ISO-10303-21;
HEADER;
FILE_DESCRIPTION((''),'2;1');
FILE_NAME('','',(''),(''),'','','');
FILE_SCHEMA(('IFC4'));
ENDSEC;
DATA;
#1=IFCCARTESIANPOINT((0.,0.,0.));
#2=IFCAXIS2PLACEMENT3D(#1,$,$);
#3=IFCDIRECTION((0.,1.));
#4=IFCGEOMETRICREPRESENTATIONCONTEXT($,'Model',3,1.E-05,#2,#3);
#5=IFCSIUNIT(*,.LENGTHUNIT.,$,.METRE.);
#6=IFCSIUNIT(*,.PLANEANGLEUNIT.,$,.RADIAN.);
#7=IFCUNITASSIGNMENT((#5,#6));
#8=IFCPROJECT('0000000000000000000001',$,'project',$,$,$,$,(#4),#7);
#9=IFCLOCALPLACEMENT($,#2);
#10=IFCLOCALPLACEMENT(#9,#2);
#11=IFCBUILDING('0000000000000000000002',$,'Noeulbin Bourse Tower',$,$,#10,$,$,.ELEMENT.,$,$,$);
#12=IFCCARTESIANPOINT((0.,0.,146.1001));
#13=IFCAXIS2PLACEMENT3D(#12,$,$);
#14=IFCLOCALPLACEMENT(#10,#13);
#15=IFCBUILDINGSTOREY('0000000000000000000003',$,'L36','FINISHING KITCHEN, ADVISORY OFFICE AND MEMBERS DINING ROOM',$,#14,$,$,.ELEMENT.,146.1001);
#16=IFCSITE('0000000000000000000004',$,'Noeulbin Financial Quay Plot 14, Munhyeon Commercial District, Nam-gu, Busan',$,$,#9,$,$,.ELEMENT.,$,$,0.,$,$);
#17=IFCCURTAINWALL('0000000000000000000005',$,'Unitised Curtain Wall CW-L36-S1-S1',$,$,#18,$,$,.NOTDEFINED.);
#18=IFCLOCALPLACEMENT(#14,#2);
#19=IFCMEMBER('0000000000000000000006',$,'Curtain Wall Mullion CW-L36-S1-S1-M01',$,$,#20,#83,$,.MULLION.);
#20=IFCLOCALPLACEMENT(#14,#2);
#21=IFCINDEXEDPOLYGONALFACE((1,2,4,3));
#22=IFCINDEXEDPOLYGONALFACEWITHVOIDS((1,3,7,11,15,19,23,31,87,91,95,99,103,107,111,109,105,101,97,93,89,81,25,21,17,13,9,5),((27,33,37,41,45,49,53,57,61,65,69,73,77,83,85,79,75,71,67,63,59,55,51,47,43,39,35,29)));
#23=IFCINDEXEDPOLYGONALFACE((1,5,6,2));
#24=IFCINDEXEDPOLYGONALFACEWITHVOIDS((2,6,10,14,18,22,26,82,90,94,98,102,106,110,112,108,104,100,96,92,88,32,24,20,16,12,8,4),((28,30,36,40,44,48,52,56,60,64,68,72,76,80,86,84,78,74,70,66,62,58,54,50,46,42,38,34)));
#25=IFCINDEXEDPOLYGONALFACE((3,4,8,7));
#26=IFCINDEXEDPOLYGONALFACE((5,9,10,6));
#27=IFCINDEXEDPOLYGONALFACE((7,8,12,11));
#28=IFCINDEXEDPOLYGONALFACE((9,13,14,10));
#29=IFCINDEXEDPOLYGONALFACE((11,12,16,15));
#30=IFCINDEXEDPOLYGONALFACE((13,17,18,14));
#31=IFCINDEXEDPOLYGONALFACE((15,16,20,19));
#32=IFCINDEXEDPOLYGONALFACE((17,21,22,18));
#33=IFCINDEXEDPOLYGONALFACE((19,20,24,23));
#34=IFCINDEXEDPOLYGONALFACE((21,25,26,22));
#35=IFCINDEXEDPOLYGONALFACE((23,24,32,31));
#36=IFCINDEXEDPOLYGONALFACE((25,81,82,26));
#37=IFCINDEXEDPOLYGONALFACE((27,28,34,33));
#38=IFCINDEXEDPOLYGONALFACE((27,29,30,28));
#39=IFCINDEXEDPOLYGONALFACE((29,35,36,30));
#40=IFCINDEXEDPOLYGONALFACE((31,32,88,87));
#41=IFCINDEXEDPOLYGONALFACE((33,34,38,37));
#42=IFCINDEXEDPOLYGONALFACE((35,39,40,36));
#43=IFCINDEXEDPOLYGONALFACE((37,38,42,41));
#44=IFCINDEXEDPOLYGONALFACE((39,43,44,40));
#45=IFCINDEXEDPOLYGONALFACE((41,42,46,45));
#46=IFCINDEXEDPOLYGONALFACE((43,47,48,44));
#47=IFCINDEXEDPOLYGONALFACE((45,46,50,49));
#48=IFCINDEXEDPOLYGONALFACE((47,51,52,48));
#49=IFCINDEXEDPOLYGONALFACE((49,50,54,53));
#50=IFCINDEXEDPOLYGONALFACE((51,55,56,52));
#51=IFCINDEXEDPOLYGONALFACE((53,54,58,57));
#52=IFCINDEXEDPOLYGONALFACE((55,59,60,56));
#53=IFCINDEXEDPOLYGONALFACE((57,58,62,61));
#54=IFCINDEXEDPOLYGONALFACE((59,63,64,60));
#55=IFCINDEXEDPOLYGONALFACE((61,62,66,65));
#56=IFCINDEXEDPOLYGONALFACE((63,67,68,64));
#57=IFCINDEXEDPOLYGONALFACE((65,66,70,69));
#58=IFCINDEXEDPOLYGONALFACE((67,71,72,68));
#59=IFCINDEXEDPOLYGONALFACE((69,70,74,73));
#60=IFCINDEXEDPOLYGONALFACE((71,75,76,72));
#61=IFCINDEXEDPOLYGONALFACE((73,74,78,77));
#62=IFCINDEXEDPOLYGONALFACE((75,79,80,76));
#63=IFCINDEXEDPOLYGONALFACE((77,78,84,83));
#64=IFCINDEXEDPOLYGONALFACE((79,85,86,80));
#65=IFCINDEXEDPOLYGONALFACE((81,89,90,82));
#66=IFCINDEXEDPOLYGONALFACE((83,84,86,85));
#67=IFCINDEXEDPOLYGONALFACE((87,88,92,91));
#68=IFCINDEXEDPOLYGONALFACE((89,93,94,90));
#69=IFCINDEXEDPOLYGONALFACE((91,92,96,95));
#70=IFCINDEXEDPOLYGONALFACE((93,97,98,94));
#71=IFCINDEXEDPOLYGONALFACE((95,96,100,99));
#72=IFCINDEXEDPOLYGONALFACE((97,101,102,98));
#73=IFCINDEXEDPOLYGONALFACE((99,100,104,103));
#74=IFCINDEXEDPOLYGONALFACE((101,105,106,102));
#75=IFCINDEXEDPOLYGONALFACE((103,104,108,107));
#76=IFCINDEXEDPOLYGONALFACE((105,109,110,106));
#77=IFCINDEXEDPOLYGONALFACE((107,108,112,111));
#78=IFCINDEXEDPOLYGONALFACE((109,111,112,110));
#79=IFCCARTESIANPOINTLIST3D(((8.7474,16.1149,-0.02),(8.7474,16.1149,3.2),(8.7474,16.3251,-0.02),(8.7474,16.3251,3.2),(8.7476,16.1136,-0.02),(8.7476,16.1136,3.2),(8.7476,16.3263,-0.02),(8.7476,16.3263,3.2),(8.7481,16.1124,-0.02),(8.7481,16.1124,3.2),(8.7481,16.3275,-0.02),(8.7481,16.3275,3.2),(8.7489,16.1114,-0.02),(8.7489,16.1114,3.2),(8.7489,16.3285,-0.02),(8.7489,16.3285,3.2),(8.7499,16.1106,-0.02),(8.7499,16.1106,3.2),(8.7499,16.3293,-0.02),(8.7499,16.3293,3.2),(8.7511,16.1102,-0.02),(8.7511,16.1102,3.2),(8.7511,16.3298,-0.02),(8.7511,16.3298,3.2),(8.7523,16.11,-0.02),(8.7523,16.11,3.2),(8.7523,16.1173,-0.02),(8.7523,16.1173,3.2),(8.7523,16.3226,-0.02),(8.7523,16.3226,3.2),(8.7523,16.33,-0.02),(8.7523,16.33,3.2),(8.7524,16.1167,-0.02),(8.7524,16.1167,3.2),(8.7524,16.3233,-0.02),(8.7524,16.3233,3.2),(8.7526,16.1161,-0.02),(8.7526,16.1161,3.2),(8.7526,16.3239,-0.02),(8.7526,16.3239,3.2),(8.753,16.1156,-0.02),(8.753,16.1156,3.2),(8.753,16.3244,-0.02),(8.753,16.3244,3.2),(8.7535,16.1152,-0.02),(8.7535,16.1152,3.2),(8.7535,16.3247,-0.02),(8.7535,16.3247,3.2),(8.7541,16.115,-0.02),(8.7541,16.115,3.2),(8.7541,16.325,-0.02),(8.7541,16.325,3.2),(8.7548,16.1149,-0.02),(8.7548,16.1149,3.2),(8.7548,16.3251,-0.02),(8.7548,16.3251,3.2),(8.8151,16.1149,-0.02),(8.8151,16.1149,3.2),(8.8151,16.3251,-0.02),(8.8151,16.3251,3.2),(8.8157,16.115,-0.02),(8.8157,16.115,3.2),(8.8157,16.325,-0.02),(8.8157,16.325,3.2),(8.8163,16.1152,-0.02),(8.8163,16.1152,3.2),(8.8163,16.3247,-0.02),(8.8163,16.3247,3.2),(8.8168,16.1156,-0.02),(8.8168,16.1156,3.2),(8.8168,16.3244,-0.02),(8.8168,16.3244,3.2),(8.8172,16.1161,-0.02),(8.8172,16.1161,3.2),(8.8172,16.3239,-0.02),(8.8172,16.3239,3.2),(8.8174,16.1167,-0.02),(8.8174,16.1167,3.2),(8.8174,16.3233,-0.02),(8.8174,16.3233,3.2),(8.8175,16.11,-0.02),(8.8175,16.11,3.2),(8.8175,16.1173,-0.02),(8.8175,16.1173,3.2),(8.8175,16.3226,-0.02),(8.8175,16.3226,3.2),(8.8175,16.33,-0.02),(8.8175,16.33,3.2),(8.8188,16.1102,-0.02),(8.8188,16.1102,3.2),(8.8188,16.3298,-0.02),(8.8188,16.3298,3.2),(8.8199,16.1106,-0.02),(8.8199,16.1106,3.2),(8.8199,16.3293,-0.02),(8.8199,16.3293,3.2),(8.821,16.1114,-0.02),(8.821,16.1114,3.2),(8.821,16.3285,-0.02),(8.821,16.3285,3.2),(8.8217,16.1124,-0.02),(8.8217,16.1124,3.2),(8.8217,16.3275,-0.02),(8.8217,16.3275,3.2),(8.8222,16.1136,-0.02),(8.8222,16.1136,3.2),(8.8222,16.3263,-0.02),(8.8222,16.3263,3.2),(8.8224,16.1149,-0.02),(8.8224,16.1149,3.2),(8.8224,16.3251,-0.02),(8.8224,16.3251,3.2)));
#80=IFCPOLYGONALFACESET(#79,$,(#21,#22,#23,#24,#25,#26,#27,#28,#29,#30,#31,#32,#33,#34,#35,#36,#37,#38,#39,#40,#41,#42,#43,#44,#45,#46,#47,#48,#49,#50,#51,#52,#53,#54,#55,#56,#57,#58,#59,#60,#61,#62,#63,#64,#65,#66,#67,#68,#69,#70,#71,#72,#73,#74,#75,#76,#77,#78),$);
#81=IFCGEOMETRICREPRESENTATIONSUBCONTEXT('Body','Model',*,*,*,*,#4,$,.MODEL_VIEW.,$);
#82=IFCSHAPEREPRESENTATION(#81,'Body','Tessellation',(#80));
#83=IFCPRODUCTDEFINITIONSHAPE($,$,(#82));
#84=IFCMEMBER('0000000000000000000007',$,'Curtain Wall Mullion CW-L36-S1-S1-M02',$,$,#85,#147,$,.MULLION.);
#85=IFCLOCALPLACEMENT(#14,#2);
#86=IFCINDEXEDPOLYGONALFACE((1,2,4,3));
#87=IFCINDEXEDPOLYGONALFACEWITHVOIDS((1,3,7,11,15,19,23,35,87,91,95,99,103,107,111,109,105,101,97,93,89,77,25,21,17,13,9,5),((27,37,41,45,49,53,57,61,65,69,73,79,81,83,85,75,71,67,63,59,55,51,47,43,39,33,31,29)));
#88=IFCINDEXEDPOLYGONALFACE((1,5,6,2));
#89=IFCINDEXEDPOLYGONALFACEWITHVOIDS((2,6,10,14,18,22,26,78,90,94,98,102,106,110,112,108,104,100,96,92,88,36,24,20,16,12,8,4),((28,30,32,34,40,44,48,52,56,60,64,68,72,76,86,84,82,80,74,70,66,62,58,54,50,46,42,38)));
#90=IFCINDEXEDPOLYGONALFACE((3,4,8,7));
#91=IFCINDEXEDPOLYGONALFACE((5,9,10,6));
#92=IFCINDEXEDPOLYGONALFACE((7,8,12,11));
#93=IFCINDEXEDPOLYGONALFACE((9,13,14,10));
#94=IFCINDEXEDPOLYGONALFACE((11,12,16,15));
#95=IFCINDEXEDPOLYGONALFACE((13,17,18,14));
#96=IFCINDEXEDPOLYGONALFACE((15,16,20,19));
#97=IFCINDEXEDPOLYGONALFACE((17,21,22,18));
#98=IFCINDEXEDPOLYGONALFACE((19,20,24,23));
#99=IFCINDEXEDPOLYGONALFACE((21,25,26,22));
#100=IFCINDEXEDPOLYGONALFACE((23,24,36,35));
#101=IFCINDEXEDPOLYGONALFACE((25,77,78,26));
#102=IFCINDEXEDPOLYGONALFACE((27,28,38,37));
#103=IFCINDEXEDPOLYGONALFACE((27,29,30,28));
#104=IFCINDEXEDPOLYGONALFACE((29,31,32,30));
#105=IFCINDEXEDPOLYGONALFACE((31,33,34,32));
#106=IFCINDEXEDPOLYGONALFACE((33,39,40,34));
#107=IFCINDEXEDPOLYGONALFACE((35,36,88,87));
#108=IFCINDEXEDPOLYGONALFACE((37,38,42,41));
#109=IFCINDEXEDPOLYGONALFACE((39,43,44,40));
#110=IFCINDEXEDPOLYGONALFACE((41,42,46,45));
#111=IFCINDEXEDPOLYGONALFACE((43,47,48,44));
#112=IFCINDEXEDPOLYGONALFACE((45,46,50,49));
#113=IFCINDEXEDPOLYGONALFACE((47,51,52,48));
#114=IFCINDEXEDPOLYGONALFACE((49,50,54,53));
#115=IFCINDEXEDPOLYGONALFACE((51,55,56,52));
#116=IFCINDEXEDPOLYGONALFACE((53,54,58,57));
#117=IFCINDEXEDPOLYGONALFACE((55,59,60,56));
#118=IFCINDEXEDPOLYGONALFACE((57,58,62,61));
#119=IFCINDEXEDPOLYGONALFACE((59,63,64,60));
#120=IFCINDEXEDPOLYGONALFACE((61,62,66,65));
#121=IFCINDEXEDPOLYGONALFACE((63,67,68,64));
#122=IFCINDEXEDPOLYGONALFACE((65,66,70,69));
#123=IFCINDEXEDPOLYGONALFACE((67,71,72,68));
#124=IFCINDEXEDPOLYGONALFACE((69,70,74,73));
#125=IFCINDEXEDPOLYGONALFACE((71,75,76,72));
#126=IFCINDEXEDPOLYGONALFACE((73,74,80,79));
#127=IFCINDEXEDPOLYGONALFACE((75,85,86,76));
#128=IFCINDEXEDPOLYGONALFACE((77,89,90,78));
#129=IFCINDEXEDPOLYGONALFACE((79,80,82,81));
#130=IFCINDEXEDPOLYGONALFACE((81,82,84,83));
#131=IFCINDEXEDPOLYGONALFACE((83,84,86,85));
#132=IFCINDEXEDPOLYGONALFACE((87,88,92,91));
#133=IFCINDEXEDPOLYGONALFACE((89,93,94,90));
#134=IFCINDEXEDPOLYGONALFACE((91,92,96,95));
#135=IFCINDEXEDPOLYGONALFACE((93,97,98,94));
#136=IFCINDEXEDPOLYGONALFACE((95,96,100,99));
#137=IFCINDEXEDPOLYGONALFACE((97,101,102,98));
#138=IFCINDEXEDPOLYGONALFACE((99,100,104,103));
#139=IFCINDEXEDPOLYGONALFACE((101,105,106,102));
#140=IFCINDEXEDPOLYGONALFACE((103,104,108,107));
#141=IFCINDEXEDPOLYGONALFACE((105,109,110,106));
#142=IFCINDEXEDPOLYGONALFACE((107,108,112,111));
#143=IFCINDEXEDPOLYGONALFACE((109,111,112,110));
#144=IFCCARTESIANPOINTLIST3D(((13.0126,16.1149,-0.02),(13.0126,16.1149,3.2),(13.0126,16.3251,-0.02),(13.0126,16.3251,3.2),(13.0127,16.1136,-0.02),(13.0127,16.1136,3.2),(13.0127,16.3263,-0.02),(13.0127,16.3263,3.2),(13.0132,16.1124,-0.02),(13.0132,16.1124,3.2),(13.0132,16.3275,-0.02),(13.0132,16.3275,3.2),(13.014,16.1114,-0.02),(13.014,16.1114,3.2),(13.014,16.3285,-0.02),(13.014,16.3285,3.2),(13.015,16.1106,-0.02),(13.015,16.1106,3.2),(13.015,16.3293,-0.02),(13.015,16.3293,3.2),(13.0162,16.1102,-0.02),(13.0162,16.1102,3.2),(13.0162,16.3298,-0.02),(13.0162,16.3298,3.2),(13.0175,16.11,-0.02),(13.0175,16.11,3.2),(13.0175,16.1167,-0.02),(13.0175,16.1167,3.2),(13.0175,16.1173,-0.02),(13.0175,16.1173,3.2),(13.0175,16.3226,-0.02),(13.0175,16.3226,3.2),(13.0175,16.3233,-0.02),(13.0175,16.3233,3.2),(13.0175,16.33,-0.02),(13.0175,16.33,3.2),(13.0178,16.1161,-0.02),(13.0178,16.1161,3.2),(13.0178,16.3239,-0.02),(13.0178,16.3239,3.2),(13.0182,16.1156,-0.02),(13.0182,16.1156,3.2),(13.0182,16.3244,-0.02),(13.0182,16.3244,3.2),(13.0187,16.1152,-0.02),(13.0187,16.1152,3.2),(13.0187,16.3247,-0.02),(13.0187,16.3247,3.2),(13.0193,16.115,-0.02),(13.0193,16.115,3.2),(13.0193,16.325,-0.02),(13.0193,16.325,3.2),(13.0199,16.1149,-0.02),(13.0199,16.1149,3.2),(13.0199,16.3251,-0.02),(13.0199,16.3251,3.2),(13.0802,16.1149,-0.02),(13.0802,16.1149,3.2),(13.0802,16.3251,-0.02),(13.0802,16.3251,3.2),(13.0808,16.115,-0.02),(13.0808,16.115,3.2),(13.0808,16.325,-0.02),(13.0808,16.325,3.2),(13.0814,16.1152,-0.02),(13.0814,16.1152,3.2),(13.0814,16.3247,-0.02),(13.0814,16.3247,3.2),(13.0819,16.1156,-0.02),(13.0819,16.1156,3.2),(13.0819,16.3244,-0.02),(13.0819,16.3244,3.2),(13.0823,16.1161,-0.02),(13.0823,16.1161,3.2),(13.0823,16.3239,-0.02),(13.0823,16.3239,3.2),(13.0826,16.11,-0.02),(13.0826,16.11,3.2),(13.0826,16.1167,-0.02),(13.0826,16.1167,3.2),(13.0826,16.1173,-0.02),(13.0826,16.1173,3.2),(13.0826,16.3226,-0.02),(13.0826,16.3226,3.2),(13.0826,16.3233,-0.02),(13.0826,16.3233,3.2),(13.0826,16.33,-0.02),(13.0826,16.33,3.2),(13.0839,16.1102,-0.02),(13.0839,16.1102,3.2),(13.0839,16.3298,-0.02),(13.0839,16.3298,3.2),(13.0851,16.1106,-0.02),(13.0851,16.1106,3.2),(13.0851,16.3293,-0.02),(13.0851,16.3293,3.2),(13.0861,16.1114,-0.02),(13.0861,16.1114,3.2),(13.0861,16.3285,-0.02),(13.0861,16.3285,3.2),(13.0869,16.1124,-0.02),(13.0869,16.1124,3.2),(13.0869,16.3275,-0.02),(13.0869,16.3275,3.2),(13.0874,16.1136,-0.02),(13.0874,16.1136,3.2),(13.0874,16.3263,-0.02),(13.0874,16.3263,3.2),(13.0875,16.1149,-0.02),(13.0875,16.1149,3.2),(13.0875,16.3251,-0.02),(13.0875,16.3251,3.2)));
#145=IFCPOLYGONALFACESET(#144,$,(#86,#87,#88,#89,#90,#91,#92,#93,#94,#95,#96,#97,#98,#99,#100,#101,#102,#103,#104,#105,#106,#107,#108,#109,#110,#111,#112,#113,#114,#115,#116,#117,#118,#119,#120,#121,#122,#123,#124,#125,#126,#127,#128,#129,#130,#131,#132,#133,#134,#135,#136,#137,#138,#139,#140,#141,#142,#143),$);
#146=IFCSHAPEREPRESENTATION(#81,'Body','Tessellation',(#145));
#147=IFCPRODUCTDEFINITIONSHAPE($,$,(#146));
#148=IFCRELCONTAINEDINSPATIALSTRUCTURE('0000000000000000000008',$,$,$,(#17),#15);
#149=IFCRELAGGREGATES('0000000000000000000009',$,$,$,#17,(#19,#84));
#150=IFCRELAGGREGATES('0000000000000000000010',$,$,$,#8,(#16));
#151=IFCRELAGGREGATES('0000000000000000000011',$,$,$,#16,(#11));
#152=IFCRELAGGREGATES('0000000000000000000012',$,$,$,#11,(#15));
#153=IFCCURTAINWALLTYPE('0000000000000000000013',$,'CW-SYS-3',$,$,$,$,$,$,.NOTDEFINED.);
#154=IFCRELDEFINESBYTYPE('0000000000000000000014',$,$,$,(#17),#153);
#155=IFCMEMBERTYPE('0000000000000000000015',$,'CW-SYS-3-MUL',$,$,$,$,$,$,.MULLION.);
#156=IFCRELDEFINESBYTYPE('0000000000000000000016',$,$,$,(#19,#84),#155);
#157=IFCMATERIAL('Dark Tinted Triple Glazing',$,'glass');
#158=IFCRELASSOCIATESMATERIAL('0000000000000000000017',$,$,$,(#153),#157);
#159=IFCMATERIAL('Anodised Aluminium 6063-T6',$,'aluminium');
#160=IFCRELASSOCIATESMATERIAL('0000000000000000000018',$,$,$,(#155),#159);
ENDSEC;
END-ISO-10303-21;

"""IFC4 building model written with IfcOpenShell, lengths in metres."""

from ifc_helpers import new_model, si_unit, direction, frame, origin, origin_2d, place, context, subcontext, project, spatial, hollow_rectangle, extrude, material, material_profile, profile_set, type_object, element, aggregate, save


model = new_model("IFC4")

# Units and contexts
model_context = context("Model", 3, precision=1e-05, world=origin(), true_north=direction((0.0, 1.0)))
body_context = subcontext(model_context, "Body", "Model", "MODEL_VIEW")
ifc_project = project(units=[si_unit("LENGTHUNIT", "METRE"), si_unit("PLANEANGLEUNIT", "RADIAN")], contexts=[model_context])

# Site, building, storey
site_placement = place(None, origin())
site = spatial("IfcSite", under=ifc_project, at=site_placement, Name="Noeulbin Financial Quay Plot 14, Munhyeon Commercial District, Nam-gu, Busan", CompositionType="ELEMENT", RefElevation=0.0)
building_placement = place(site_placement, origin())
building = spatial("IfcBuilding", under=site, at=building_placement, Name="Noeulbin Bourse Tower", CompositionType="ELEMENT")
storey_placement = place(building_placement, frame((0.0, 0.0, 146.1001)))
storey = spatial("IfcBuildingStorey", under=building, at=storey_placement, Name="L36", Description="FINISHING KITCHEN, ADVISORY OFFICE AND MEMBERS DINING ROOM", CompositionType="ELEMENT", Elevation=146.1001)

# Curtain wall, members
ifc_material_1 = material(Name="Dark Tinted Triple Glazing", Category="glass")
curtain_wall_type = type_object("IfcCurtainWallType", Name="CW-SYS-3", PredefinedType="NOTDEFINED", material=ifc_material_1)
curtain_wall_1_placement = place(storey_placement, origin())
curtain_wall_1 = element("IfcCurtainWall", 1, at=curtain_wall_1_placement, inside=storey, type_object=curtain_wall_type, Name="Unitised Curtain Wall CW-L36-S1-S1", PredefinedType="NOTDEFINED")
ifc_material_2 = material(Name="Anodised Aluminium 6063-T6", Category="aluminium")
ifc_material_profile_1 = material_profile(ifc_material_2, hollow_rectangle(XDim=0.075, YDim=0.22, WallThickness=0.0049, InnerFilletRadius=0.0024, OuterFilletRadius=0.0049, at=origin_2d()), Name="ALU-MULL-75x220x5", Category="LoadBearing")
ifc_profile_set_1 = profile_set([ifc_material_profile_1], Name="Anodised Aluminium 6063-T6")
member_type_1 = type_object("IfcMemberType", Name="CW-SYS-3-MUL", PredefinedType="MULLION", material=ifc_profile_set_1)
member_1_placement = place(storey_placement, frame((8.7849, 16.22, -0.02), z_axis=(0.0, 0.0, 1.0), x_axis=(1.0, 0.0, 0.0)))
member_1 = element("IfcMember", 2, at=member_1_placement, type_object=member_type_1, Name="Curtain Wall Mullion CW-L36-S1-S1-M01", PredefinedType="MULLION", context=body_context, shape_type="SweptSolid", body=[
    extrude(hollow_rectangle(XDim=0.075, YDim=0.22, WallThickness=0.0049, InnerFilletRadius=0.0024, OuterFilletRadius=0.0049, at=origin_2d()), origin(), (0.0, 0.0, 1.0), 3.22),
])
member_2_placement = place(storey_placement, frame((13.05, 16.22, -0.02), z_axis=(0.0, 0.0, 1.0), x_axis=(1.0, 0.0, 0.0)))
member_2 = element("IfcMember", 3, at=member_2_placement, type_object=member_type_1, Name="Curtain Wall Mullion CW-L36-S1-S1-M02", PredefinedType="MULLION", context=body_context, shape_type="SweptSolid", body=[
    extrude(hollow_rectangle(XDim=0.075, YDim=0.22, WallThickness=0.0049, InnerFilletRadius=0.0024, OuterFilletRadius=0.0049, at=origin_2d()), origin(), (0.0, 0.0, 1.0), 3.22),
])

aggregate(curtain_wall_1, [member_1, member_2])

save(model, "model.ifc")
